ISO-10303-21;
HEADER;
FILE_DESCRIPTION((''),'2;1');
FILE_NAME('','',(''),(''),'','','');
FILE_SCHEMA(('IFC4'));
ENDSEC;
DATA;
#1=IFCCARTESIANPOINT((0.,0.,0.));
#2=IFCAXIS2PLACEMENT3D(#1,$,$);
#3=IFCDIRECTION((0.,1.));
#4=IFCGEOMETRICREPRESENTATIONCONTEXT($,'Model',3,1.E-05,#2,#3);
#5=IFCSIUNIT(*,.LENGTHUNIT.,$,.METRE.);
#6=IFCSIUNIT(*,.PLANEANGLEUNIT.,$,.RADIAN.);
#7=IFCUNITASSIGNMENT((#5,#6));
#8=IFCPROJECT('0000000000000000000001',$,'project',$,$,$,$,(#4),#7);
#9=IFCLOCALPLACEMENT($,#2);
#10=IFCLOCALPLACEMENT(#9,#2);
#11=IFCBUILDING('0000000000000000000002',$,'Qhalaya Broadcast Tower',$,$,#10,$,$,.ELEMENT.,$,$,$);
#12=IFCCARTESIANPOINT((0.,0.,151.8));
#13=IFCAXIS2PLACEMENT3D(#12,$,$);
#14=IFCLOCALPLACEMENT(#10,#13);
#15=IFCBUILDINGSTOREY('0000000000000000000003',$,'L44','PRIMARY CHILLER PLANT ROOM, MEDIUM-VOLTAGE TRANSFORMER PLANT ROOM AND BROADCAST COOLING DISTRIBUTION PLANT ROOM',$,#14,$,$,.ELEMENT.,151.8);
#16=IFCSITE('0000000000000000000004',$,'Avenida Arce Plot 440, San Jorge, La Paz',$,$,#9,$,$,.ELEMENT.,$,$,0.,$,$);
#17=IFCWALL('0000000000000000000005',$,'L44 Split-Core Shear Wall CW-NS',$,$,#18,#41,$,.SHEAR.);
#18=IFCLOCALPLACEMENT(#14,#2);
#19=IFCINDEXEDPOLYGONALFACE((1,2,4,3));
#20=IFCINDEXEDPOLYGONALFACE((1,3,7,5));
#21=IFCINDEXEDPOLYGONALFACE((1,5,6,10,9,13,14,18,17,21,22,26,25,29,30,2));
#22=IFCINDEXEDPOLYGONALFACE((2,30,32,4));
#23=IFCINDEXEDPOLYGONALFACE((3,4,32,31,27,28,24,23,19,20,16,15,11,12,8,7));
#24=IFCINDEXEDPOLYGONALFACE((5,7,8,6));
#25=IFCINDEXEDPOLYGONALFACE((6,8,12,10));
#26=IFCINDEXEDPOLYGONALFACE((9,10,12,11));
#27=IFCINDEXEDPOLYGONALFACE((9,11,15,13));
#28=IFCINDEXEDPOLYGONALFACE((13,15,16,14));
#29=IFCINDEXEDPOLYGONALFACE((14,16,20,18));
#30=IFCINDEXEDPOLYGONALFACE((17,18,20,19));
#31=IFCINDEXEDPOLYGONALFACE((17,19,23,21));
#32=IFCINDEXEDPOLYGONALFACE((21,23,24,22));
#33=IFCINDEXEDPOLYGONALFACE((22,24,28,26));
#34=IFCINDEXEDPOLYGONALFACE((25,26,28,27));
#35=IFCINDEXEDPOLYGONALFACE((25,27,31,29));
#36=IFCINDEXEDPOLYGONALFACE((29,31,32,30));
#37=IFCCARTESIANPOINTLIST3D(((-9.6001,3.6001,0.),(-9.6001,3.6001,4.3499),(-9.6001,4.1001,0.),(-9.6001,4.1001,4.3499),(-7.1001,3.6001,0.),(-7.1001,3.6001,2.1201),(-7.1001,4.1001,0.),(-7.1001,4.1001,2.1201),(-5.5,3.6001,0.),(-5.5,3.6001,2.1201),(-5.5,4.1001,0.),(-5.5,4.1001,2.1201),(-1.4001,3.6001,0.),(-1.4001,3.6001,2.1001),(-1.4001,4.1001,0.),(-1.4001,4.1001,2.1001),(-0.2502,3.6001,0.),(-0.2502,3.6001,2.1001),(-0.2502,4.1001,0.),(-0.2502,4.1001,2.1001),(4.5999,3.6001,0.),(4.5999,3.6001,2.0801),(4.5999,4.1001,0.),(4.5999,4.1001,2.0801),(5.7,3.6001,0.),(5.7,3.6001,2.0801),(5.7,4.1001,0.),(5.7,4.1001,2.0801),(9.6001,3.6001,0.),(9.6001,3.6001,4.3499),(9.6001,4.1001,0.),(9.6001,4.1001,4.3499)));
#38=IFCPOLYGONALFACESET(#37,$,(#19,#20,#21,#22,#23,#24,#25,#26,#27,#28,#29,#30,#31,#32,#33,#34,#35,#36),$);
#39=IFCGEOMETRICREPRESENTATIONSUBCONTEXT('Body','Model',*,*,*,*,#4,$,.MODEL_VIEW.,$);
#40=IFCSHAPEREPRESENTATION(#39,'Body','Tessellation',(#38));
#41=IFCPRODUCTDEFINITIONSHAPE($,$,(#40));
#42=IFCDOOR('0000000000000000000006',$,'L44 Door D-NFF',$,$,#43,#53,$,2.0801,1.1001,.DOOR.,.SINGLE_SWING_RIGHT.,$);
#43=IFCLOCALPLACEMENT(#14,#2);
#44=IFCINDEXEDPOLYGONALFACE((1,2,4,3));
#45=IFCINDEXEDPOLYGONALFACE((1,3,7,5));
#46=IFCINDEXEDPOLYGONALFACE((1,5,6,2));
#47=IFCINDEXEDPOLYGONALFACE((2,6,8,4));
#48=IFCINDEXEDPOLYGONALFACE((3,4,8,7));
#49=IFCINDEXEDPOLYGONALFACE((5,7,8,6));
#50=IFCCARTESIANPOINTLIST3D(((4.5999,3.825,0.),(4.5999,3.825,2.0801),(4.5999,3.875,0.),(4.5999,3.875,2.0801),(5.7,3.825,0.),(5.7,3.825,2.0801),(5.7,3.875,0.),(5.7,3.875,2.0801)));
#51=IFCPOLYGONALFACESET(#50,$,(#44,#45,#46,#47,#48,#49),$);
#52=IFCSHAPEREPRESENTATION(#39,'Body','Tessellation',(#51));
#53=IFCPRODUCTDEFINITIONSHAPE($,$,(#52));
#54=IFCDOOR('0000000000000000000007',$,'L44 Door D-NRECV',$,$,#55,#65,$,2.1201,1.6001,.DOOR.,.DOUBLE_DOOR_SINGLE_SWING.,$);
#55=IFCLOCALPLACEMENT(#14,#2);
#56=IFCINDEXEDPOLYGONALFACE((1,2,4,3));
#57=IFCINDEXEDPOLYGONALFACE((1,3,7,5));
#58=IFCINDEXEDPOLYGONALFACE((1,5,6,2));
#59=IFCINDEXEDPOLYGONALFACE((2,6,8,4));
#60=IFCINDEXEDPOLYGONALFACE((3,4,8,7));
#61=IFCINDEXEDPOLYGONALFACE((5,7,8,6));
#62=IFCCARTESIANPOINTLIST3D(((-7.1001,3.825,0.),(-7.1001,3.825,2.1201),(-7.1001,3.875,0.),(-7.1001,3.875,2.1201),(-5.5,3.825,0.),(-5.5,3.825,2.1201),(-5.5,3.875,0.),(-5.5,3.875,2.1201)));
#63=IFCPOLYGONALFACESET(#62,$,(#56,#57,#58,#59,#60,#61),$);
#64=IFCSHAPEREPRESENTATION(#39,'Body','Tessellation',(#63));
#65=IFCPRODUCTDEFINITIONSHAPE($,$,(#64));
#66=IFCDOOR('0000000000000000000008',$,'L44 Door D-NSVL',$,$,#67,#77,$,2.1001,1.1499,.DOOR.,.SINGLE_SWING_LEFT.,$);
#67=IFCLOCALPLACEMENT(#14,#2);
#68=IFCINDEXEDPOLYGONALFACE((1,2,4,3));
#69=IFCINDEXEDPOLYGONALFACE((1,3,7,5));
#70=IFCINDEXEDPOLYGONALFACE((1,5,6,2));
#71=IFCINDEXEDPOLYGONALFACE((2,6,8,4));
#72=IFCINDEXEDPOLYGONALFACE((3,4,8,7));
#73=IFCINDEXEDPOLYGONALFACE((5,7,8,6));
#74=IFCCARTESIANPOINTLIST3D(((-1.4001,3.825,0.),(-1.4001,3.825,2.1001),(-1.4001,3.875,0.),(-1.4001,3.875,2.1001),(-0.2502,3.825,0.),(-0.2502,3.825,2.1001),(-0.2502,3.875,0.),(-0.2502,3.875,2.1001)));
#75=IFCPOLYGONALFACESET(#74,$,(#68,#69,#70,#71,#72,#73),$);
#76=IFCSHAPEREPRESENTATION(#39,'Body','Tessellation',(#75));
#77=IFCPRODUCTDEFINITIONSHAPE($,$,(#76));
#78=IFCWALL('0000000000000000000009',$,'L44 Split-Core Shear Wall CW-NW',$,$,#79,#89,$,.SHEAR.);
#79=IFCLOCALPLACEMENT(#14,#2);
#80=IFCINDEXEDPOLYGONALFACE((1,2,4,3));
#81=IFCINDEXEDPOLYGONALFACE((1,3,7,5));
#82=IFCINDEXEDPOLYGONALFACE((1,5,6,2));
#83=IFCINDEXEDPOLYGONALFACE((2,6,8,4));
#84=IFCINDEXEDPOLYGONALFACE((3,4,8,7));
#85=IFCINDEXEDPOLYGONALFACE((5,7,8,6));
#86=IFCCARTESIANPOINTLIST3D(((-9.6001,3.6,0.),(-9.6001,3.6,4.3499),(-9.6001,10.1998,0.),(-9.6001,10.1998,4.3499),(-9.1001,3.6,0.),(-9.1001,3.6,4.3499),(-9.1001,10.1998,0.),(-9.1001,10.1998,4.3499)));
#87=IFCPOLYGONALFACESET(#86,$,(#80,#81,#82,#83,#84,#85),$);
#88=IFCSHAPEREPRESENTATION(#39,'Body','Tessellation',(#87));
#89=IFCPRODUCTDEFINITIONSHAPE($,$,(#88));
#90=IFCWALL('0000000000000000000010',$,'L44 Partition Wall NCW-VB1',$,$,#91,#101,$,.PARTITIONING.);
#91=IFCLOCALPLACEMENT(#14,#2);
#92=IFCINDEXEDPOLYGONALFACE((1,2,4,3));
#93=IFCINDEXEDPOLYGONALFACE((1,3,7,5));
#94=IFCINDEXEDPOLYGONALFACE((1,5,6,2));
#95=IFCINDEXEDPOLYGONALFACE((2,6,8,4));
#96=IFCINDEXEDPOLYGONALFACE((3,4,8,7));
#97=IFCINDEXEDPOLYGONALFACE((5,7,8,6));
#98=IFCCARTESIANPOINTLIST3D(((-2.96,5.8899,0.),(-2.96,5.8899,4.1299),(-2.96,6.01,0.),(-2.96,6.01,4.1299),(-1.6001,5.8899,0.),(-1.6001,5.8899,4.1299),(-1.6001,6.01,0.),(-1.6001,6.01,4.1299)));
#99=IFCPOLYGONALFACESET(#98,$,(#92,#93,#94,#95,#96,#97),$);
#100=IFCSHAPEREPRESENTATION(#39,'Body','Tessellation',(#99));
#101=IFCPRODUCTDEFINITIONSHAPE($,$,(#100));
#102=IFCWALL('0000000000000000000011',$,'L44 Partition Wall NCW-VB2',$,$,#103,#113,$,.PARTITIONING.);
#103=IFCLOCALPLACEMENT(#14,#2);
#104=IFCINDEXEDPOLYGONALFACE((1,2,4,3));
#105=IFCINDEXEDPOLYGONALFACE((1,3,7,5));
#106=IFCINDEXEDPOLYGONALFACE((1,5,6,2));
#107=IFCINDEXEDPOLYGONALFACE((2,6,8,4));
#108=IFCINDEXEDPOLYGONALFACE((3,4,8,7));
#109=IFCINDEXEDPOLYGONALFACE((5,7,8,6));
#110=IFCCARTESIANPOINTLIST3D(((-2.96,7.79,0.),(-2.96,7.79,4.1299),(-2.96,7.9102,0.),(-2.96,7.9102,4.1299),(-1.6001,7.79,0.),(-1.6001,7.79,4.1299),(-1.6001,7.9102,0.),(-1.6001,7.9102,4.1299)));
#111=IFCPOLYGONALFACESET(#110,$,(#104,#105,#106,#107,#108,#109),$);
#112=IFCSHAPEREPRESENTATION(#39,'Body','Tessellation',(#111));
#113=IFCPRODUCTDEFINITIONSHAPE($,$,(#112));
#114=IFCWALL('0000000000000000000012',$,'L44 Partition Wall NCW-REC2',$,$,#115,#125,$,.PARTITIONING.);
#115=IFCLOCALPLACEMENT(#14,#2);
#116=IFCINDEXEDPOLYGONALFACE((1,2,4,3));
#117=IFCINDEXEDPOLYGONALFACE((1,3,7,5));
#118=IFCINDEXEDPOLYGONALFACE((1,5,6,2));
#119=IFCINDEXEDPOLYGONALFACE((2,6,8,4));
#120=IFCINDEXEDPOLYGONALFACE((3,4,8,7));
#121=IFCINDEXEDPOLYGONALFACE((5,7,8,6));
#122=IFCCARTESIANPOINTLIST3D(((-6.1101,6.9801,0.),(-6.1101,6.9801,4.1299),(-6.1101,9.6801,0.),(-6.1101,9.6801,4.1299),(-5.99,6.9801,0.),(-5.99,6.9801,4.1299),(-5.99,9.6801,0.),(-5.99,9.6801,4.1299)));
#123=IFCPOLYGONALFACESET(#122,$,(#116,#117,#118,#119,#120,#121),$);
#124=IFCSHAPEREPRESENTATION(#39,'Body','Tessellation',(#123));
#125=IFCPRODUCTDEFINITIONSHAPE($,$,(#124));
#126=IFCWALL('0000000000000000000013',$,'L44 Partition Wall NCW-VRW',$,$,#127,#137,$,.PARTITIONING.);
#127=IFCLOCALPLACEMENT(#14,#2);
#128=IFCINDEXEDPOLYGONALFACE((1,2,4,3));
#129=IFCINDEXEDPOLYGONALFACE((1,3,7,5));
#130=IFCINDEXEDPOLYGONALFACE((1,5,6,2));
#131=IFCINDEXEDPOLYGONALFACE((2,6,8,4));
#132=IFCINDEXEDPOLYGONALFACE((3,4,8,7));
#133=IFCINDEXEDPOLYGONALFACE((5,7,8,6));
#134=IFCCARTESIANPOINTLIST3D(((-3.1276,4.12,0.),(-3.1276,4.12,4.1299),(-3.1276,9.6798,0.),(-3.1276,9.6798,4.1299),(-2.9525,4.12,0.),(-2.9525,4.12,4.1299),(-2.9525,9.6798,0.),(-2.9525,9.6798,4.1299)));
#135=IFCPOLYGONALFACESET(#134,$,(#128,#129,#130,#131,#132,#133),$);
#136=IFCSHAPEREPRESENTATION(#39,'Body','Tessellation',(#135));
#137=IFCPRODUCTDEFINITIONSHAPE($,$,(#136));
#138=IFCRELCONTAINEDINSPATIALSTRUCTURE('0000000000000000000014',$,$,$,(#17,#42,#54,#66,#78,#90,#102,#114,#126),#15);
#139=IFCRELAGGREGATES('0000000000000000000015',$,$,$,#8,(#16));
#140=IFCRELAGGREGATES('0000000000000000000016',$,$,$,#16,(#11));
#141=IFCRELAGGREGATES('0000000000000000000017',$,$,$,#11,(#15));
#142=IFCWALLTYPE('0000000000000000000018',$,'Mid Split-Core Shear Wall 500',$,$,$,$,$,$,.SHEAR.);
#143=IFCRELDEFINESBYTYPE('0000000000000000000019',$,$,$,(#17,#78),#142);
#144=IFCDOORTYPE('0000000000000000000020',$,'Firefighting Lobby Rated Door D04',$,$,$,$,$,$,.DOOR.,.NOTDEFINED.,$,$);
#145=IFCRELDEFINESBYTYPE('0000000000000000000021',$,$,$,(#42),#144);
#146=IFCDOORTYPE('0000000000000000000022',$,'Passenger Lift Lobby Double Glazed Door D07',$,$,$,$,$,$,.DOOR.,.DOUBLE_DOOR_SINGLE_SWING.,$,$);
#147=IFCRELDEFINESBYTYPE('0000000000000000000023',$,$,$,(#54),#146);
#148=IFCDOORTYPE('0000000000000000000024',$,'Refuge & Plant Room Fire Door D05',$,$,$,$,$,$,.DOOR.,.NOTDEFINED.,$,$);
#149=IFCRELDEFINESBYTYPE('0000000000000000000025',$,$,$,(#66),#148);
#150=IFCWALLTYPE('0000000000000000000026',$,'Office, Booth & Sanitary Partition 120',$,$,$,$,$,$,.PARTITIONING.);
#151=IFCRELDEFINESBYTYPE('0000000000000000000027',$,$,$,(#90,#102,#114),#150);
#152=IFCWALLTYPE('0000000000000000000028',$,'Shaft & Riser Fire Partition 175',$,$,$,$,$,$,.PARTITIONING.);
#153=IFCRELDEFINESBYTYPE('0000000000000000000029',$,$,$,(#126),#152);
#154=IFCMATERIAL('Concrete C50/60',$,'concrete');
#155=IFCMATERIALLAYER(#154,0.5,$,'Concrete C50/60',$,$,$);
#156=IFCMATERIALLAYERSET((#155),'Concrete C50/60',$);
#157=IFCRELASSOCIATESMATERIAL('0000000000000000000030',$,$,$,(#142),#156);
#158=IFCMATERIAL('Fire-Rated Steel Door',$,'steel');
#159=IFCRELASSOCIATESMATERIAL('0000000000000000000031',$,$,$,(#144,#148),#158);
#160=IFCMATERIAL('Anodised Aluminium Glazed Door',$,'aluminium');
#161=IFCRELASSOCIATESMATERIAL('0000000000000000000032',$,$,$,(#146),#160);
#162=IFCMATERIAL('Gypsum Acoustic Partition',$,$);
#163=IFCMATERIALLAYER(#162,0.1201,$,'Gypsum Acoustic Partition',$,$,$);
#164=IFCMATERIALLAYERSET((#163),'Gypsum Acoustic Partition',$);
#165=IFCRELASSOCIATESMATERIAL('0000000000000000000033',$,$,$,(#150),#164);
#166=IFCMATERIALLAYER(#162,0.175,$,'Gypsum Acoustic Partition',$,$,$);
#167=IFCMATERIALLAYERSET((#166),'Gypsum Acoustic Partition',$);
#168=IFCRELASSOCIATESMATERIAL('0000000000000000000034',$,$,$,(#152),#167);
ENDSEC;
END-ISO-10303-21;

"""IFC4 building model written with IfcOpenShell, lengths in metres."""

from ifc_helpers import new_model, si_unit, direction, frame, frame_2d, origin, place, context, subcontext, project, spatial, rectangle, extrude, material, layer, layer_set, type_object, element, fill, save


model = new_model("IFC4")

# Units and contexts
model_context = context("Model", 3, precision=1e-05, world=origin(), true_north=direction((0.0, 1.0)))
body_context = subcontext(model_context, "Body", "Model", "MODEL_VIEW")
ifc_project = project(units=[si_unit("LENGTHUNIT", "METRE"), si_unit("PLANEANGLEUNIT", "RADIAN")], contexts=[model_context])

# Site, building, storey
site_placement = place(None, origin())
site = spatial("IfcSite", under=ifc_project, at=site_placement, Name="Avenida Arce Plot 440, San Jorge, La Paz", CompositionType="ELEMENT", RefElevation=0.0)
building_placement = place(site_placement, origin())
building = spatial("IfcBuilding", under=site, at=building_placement, Name="Qhalaya Broadcast Tower", CompositionType="ELEMENT")
storey_placement = place(building_placement, frame((0.0, 0.0, 151.8)))
storey = spatial("IfcBuildingStorey", under=building, at=storey_placement, Name="L44", Description="PRIMARY CHILLER PLANT ROOM, MEDIUM-VOLTAGE TRANSFORMER PLANT ROOM AND BROADCAST COOLING DISTRIBUTION PLANT ROOM", CompositionType="ELEMENT", Elevation=151.8)

# Shared definitions
ifc_material_1 = material(Name="Concrete C50/60", Category="concrete")

# Shared definitions
ifc_material_2 = material(Name="Gypsum Acoustic Partition")
ifc_material_3 = material(Name="Fire-Rated Steel Door", Category="steel")

# Shared definitions
ifc_layer_1 = layer(ifc_material_1, 0.5, Name="Concrete C50/60")
ifc_layer_set_1 = layer_set([ifc_layer_1], Name="Concrete C50/60")
wall_type_1 = type_object("IfcWallType", Name="Mid Split-Core Shear Wall 500", PredefinedType="SHEAR", material=ifc_layer_set_1)

# Wall, openings, doors
wall_1_placement = place(storey_placement, frame((-9.6001, 3.8501, 0.0), z_axis=(0.0, 0.0, 1.0), x_axis=(1.0, 0.0, 0.0)))
wall_1 = element("IfcWall", 1, at=wall_1_placement, inside=storey, type_object=wall_type_1, Name="L44 Split-Core Shear Wall CW-NS", PredefinedType="SHEAR", context=body_context, shape_type="SweptSolid", body=[
    extrude(rectangle(XDim=19.2002, YDim=0.5, at=frame_2d((9.6001, 0.0))), origin(), (0.0, 0.0, 1.0), 4.3499),
])
opening_1_placement = place(wall_1_placement, frame((14.2, 0.0, 0.0)))
opening_1 = element("IfcOpeningElement", 2, at=opening_1_placement, cuts=wall_1, PredefinedType="OPENING", context=body_context, shape_type="SweptSolid", body=[
    extrude(rectangle(XDim=1.1001, YDim=2.0801, at=frame_2d((0.55, 1.04))), frame((0.0, 0.262, 0.0), z_axis=(0.0, -1.0, 0.0), x_axis=(1.0, 0.0, 0.0)), (0.0, 0.0, 1.0), 0.5239),
])
opening_2_placement = place(wall_1_placement, frame((8.2, 0.0, 0.0)))
opening_2 = element("IfcOpeningElement", 3, at=opening_2_placement, cuts=wall_1, PredefinedType="OPENING", context=body_context, shape_type="SweptSolid", body=[
    extrude(rectangle(XDim=1.1499, YDim=2.1001, at=frame_2d((0.575, 1.05))), frame((0.0, 0.262, 0.0), z_axis=(0.0, -1.0, 0.0), x_axis=(1.0, 0.0, 0.0)), (0.0, 0.0, 1.0), 0.5239),
])
opening_3_placement = place(wall_1_placement, frame((2.5, 0.0, 0.0)))
opening_3 = element("IfcOpeningElement", 4, at=opening_3_placement, cuts=wall_1, PredefinedType="OPENING", context=body_context, shape_type="SweptSolid", body=[
    extrude(rectangle(XDim=1.6001, YDim=2.1201, at=frame_2d((0.8, 1.0601))), frame((0.0, 0.262, 0.0), z_axis=(0.0, -1.0, 0.0), x_axis=(1.0, 0.0, 0.0)), (0.0, 0.0, 1.0), 0.5239),
])
door_type_1 = type_object("IfcDoorType", Name="Firefighting Lobby Rated Door D04", OperationType="NOTDEFINED", PredefinedType="DOOR", material=ifc_material_3)
door_1_placement = place(opening_1_placement, origin())
door_1 = element("IfcDoor", 5, at=door_1_placement, inside=storey, type_object=door_type_1, Name="L44 Door D-NFF", OperationType="SINGLE_SWING_RIGHT", OverallHeight=2.0801, OverallWidth=1.1001, PredefinedType="DOOR", context=body_context, shape_type="SweptSolid", body=[
    extrude(rectangle(XDim=1.1001, YDim=2.0801, at=frame_2d((0.55, 1.04))), frame((0.0, 0.0249, 0.0), z_axis=(0.0, -1.0, 0.0), x_axis=(1.0, 0.0, 0.0)), (0.0, 0.0, 1.0), 0.05),
])
fill(opening_1, door_1)
ifc_material_4 = material(Name="Anodised Aluminium Glazed Door", Category="aluminium")
door_type_2 = type_object("IfcDoorType", Name="Passenger Lift Lobby Double Glazed Door D07", OperationType="DOUBLE_DOOR_SINGLE_SWING", PredefinedType="DOOR", material=ifc_material_4)
door_2_placement = place(opening_3_placement, origin())
door_2 = element("IfcDoor", 6, at=door_2_placement, inside=storey, type_object=door_type_2, Name="L44 Door D-NRECV", OperationType="DOUBLE_DOOR_SINGLE_SWING", OverallHeight=2.1201, OverallWidth=1.6001, PredefinedType="DOOR", context=body_context, shape_type="SweptSolid", body=[
    extrude(rectangle(XDim=1.6001, YDim=2.1201, at=frame_2d((0.8, 1.0601))), frame((0.0, 0.0249, 0.0), z_axis=(0.0, -1.0, 0.0), x_axis=(1.0, 0.0, 0.0)), (0.0, 0.0, 1.0), 0.05),
])
fill(opening_3, door_2)
door_type_3 = type_object("IfcDoorType", Name="Refuge & Plant Room Fire Door D05", OperationType="NOTDEFINED", PredefinedType="DOOR", material=ifc_material_3)
door_3_placement = place(opening_2_placement, origin())
door_3 = element("IfcDoor", 7, at=door_3_placement, inside=storey, type_object=door_type_3, Name="L44 Door D-NSVL", OperationType="SINGLE_SWING_LEFT", OverallHeight=2.1001, OverallWidth=1.1499, PredefinedType="DOOR", context=body_context, shape_type="SweptSolid", body=[
    extrude(rectangle(XDim=1.1499, YDim=2.1001, at=frame_2d((0.575, 1.05))), frame((0.0, 0.0249, 0.0), z_axis=(0.0, -1.0, 0.0), x_axis=(1.0, 0.0, 0.0)), (0.0, 0.0, 1.0), 0.05),
])
fill(opening_2, door_3)

# Walls
wall_2_placement = place(storey_placement, frame((-9.3501, 3.6001, 0.0), z_axis=(0.0, 0.0, 1.0), x_axis=(0.0, 1.0, 0.0)))
element("IfcWall", 8, at=wall_2_placement, inside=storey, type_object=wall_type_1, Name="L44 Split-Core Shear Wall CW-NW", PredefinedType="SHEAR", context=body_context, shape_type="SweptSolid", body=[
    extrude(rectangle(XDim=6.5999, YDim=0.5, at=frame_2d((3.2998, 0.0))), origin(), (0.0, 0.0, 1.0), 4.3499),
])
ifc_layer_2 = layer(ifc_material_2, 0.1201, Name="Gypsum Acoustic Partition")
ifc_layer_set_2 = layer_set([ifc_layer_2], Name="Gypsum Acoustic Partition")
wall_type_2 = type_object("IfcWallType", Name="Office, Booth & Sanitary Partition 120", PredefinedType="PARTITIONING", material=ifc_layer_set_2)
for number, where, z_axis, x_axis, name in (
    (9, (-2.96, 5.95, 0.0), (0.0, 0.0, 1.0), (1.0, 0.0, 0.0), "L44 Partition Wall NCW-VB1"),
    (10, (-2.96, 7.8501, 0.0), (0.0, 0.0, 1.0), (1.0, 0.0, 0.0), "L44 Partition Wall NCW-VB2"),
):
    element("IfcWall", number, at=place(storey_placement, frame(where, z_axis=z_axis, x_axis=x_axis)), inside=storey, type_object=wall_type_2, Name=name, PredefinedType="PARTITIONING", context=body_context, shape_type="SweptSolid", body=[
        extrude(rectangle(XDim=1.3599, YDim=0.1201, at=frame_2d((0.6799, 0.0))), origin(), (0.0, 0.0, 1.0), 4.1299),
    ])
wall_3_placement = place(storey_placement, frame((-6.05, 6.98, 0.0), z_axis=(0.0, 0.0, 1.0), x_axis=(0.0, 1.0, 0.0)))
element("IfcWall", 11, at=wall_3_placement, inside=storey, type_object=wall_type_2, Name="L44 Partition Wall NCW-REC2", PredefinedType="PARTITIONING", context=body_context, shape_type="SweptSolid", body=[
    extrude(rectangle(XDim=2.7, YDim=0.1201, at=frame_2d((1.3501, 0.0))), origin(), (0.0, 0.0, 1.0), 4.1299),
])
ifc_layer_3 = layer(ifc_material_2, 0.175, Name="Gypsum Acoustic Partition")
ifc_layer_set_3 = layer_set([ifc_layer_3], Name="Gypsum Acoustic Partition")
wall_type_3 = type_object("IfcWallType", Name="Shaft & Riser Fire Partition 175", PredefinedType="PARTITIONING", material=ifc_layer_set_3)
wall_4_placement = place(storey_placement, frame((-3.04, 4.1201, 0.0), z_axis=(0.0, 0.0, 1.0), x_axis=(0.0, 1.0, 0.0)))
element("IfcWall", 12, at=wall_4_placement, inside=storey, type_object=wall_type_3, Name="L44 Partition Wall NCW-VRW", PredefinedType="PARTITIONING", context=body_context, shape_type="SweptSolid", body=[
    extrude(rectangle(XDim=5.5598, YDim=0.175, at=frame_2d((2.7798, 0.0))), origin(), (0.0, 0.0, 1.0), 4.1299),
])

save(model, "model.ifc")
